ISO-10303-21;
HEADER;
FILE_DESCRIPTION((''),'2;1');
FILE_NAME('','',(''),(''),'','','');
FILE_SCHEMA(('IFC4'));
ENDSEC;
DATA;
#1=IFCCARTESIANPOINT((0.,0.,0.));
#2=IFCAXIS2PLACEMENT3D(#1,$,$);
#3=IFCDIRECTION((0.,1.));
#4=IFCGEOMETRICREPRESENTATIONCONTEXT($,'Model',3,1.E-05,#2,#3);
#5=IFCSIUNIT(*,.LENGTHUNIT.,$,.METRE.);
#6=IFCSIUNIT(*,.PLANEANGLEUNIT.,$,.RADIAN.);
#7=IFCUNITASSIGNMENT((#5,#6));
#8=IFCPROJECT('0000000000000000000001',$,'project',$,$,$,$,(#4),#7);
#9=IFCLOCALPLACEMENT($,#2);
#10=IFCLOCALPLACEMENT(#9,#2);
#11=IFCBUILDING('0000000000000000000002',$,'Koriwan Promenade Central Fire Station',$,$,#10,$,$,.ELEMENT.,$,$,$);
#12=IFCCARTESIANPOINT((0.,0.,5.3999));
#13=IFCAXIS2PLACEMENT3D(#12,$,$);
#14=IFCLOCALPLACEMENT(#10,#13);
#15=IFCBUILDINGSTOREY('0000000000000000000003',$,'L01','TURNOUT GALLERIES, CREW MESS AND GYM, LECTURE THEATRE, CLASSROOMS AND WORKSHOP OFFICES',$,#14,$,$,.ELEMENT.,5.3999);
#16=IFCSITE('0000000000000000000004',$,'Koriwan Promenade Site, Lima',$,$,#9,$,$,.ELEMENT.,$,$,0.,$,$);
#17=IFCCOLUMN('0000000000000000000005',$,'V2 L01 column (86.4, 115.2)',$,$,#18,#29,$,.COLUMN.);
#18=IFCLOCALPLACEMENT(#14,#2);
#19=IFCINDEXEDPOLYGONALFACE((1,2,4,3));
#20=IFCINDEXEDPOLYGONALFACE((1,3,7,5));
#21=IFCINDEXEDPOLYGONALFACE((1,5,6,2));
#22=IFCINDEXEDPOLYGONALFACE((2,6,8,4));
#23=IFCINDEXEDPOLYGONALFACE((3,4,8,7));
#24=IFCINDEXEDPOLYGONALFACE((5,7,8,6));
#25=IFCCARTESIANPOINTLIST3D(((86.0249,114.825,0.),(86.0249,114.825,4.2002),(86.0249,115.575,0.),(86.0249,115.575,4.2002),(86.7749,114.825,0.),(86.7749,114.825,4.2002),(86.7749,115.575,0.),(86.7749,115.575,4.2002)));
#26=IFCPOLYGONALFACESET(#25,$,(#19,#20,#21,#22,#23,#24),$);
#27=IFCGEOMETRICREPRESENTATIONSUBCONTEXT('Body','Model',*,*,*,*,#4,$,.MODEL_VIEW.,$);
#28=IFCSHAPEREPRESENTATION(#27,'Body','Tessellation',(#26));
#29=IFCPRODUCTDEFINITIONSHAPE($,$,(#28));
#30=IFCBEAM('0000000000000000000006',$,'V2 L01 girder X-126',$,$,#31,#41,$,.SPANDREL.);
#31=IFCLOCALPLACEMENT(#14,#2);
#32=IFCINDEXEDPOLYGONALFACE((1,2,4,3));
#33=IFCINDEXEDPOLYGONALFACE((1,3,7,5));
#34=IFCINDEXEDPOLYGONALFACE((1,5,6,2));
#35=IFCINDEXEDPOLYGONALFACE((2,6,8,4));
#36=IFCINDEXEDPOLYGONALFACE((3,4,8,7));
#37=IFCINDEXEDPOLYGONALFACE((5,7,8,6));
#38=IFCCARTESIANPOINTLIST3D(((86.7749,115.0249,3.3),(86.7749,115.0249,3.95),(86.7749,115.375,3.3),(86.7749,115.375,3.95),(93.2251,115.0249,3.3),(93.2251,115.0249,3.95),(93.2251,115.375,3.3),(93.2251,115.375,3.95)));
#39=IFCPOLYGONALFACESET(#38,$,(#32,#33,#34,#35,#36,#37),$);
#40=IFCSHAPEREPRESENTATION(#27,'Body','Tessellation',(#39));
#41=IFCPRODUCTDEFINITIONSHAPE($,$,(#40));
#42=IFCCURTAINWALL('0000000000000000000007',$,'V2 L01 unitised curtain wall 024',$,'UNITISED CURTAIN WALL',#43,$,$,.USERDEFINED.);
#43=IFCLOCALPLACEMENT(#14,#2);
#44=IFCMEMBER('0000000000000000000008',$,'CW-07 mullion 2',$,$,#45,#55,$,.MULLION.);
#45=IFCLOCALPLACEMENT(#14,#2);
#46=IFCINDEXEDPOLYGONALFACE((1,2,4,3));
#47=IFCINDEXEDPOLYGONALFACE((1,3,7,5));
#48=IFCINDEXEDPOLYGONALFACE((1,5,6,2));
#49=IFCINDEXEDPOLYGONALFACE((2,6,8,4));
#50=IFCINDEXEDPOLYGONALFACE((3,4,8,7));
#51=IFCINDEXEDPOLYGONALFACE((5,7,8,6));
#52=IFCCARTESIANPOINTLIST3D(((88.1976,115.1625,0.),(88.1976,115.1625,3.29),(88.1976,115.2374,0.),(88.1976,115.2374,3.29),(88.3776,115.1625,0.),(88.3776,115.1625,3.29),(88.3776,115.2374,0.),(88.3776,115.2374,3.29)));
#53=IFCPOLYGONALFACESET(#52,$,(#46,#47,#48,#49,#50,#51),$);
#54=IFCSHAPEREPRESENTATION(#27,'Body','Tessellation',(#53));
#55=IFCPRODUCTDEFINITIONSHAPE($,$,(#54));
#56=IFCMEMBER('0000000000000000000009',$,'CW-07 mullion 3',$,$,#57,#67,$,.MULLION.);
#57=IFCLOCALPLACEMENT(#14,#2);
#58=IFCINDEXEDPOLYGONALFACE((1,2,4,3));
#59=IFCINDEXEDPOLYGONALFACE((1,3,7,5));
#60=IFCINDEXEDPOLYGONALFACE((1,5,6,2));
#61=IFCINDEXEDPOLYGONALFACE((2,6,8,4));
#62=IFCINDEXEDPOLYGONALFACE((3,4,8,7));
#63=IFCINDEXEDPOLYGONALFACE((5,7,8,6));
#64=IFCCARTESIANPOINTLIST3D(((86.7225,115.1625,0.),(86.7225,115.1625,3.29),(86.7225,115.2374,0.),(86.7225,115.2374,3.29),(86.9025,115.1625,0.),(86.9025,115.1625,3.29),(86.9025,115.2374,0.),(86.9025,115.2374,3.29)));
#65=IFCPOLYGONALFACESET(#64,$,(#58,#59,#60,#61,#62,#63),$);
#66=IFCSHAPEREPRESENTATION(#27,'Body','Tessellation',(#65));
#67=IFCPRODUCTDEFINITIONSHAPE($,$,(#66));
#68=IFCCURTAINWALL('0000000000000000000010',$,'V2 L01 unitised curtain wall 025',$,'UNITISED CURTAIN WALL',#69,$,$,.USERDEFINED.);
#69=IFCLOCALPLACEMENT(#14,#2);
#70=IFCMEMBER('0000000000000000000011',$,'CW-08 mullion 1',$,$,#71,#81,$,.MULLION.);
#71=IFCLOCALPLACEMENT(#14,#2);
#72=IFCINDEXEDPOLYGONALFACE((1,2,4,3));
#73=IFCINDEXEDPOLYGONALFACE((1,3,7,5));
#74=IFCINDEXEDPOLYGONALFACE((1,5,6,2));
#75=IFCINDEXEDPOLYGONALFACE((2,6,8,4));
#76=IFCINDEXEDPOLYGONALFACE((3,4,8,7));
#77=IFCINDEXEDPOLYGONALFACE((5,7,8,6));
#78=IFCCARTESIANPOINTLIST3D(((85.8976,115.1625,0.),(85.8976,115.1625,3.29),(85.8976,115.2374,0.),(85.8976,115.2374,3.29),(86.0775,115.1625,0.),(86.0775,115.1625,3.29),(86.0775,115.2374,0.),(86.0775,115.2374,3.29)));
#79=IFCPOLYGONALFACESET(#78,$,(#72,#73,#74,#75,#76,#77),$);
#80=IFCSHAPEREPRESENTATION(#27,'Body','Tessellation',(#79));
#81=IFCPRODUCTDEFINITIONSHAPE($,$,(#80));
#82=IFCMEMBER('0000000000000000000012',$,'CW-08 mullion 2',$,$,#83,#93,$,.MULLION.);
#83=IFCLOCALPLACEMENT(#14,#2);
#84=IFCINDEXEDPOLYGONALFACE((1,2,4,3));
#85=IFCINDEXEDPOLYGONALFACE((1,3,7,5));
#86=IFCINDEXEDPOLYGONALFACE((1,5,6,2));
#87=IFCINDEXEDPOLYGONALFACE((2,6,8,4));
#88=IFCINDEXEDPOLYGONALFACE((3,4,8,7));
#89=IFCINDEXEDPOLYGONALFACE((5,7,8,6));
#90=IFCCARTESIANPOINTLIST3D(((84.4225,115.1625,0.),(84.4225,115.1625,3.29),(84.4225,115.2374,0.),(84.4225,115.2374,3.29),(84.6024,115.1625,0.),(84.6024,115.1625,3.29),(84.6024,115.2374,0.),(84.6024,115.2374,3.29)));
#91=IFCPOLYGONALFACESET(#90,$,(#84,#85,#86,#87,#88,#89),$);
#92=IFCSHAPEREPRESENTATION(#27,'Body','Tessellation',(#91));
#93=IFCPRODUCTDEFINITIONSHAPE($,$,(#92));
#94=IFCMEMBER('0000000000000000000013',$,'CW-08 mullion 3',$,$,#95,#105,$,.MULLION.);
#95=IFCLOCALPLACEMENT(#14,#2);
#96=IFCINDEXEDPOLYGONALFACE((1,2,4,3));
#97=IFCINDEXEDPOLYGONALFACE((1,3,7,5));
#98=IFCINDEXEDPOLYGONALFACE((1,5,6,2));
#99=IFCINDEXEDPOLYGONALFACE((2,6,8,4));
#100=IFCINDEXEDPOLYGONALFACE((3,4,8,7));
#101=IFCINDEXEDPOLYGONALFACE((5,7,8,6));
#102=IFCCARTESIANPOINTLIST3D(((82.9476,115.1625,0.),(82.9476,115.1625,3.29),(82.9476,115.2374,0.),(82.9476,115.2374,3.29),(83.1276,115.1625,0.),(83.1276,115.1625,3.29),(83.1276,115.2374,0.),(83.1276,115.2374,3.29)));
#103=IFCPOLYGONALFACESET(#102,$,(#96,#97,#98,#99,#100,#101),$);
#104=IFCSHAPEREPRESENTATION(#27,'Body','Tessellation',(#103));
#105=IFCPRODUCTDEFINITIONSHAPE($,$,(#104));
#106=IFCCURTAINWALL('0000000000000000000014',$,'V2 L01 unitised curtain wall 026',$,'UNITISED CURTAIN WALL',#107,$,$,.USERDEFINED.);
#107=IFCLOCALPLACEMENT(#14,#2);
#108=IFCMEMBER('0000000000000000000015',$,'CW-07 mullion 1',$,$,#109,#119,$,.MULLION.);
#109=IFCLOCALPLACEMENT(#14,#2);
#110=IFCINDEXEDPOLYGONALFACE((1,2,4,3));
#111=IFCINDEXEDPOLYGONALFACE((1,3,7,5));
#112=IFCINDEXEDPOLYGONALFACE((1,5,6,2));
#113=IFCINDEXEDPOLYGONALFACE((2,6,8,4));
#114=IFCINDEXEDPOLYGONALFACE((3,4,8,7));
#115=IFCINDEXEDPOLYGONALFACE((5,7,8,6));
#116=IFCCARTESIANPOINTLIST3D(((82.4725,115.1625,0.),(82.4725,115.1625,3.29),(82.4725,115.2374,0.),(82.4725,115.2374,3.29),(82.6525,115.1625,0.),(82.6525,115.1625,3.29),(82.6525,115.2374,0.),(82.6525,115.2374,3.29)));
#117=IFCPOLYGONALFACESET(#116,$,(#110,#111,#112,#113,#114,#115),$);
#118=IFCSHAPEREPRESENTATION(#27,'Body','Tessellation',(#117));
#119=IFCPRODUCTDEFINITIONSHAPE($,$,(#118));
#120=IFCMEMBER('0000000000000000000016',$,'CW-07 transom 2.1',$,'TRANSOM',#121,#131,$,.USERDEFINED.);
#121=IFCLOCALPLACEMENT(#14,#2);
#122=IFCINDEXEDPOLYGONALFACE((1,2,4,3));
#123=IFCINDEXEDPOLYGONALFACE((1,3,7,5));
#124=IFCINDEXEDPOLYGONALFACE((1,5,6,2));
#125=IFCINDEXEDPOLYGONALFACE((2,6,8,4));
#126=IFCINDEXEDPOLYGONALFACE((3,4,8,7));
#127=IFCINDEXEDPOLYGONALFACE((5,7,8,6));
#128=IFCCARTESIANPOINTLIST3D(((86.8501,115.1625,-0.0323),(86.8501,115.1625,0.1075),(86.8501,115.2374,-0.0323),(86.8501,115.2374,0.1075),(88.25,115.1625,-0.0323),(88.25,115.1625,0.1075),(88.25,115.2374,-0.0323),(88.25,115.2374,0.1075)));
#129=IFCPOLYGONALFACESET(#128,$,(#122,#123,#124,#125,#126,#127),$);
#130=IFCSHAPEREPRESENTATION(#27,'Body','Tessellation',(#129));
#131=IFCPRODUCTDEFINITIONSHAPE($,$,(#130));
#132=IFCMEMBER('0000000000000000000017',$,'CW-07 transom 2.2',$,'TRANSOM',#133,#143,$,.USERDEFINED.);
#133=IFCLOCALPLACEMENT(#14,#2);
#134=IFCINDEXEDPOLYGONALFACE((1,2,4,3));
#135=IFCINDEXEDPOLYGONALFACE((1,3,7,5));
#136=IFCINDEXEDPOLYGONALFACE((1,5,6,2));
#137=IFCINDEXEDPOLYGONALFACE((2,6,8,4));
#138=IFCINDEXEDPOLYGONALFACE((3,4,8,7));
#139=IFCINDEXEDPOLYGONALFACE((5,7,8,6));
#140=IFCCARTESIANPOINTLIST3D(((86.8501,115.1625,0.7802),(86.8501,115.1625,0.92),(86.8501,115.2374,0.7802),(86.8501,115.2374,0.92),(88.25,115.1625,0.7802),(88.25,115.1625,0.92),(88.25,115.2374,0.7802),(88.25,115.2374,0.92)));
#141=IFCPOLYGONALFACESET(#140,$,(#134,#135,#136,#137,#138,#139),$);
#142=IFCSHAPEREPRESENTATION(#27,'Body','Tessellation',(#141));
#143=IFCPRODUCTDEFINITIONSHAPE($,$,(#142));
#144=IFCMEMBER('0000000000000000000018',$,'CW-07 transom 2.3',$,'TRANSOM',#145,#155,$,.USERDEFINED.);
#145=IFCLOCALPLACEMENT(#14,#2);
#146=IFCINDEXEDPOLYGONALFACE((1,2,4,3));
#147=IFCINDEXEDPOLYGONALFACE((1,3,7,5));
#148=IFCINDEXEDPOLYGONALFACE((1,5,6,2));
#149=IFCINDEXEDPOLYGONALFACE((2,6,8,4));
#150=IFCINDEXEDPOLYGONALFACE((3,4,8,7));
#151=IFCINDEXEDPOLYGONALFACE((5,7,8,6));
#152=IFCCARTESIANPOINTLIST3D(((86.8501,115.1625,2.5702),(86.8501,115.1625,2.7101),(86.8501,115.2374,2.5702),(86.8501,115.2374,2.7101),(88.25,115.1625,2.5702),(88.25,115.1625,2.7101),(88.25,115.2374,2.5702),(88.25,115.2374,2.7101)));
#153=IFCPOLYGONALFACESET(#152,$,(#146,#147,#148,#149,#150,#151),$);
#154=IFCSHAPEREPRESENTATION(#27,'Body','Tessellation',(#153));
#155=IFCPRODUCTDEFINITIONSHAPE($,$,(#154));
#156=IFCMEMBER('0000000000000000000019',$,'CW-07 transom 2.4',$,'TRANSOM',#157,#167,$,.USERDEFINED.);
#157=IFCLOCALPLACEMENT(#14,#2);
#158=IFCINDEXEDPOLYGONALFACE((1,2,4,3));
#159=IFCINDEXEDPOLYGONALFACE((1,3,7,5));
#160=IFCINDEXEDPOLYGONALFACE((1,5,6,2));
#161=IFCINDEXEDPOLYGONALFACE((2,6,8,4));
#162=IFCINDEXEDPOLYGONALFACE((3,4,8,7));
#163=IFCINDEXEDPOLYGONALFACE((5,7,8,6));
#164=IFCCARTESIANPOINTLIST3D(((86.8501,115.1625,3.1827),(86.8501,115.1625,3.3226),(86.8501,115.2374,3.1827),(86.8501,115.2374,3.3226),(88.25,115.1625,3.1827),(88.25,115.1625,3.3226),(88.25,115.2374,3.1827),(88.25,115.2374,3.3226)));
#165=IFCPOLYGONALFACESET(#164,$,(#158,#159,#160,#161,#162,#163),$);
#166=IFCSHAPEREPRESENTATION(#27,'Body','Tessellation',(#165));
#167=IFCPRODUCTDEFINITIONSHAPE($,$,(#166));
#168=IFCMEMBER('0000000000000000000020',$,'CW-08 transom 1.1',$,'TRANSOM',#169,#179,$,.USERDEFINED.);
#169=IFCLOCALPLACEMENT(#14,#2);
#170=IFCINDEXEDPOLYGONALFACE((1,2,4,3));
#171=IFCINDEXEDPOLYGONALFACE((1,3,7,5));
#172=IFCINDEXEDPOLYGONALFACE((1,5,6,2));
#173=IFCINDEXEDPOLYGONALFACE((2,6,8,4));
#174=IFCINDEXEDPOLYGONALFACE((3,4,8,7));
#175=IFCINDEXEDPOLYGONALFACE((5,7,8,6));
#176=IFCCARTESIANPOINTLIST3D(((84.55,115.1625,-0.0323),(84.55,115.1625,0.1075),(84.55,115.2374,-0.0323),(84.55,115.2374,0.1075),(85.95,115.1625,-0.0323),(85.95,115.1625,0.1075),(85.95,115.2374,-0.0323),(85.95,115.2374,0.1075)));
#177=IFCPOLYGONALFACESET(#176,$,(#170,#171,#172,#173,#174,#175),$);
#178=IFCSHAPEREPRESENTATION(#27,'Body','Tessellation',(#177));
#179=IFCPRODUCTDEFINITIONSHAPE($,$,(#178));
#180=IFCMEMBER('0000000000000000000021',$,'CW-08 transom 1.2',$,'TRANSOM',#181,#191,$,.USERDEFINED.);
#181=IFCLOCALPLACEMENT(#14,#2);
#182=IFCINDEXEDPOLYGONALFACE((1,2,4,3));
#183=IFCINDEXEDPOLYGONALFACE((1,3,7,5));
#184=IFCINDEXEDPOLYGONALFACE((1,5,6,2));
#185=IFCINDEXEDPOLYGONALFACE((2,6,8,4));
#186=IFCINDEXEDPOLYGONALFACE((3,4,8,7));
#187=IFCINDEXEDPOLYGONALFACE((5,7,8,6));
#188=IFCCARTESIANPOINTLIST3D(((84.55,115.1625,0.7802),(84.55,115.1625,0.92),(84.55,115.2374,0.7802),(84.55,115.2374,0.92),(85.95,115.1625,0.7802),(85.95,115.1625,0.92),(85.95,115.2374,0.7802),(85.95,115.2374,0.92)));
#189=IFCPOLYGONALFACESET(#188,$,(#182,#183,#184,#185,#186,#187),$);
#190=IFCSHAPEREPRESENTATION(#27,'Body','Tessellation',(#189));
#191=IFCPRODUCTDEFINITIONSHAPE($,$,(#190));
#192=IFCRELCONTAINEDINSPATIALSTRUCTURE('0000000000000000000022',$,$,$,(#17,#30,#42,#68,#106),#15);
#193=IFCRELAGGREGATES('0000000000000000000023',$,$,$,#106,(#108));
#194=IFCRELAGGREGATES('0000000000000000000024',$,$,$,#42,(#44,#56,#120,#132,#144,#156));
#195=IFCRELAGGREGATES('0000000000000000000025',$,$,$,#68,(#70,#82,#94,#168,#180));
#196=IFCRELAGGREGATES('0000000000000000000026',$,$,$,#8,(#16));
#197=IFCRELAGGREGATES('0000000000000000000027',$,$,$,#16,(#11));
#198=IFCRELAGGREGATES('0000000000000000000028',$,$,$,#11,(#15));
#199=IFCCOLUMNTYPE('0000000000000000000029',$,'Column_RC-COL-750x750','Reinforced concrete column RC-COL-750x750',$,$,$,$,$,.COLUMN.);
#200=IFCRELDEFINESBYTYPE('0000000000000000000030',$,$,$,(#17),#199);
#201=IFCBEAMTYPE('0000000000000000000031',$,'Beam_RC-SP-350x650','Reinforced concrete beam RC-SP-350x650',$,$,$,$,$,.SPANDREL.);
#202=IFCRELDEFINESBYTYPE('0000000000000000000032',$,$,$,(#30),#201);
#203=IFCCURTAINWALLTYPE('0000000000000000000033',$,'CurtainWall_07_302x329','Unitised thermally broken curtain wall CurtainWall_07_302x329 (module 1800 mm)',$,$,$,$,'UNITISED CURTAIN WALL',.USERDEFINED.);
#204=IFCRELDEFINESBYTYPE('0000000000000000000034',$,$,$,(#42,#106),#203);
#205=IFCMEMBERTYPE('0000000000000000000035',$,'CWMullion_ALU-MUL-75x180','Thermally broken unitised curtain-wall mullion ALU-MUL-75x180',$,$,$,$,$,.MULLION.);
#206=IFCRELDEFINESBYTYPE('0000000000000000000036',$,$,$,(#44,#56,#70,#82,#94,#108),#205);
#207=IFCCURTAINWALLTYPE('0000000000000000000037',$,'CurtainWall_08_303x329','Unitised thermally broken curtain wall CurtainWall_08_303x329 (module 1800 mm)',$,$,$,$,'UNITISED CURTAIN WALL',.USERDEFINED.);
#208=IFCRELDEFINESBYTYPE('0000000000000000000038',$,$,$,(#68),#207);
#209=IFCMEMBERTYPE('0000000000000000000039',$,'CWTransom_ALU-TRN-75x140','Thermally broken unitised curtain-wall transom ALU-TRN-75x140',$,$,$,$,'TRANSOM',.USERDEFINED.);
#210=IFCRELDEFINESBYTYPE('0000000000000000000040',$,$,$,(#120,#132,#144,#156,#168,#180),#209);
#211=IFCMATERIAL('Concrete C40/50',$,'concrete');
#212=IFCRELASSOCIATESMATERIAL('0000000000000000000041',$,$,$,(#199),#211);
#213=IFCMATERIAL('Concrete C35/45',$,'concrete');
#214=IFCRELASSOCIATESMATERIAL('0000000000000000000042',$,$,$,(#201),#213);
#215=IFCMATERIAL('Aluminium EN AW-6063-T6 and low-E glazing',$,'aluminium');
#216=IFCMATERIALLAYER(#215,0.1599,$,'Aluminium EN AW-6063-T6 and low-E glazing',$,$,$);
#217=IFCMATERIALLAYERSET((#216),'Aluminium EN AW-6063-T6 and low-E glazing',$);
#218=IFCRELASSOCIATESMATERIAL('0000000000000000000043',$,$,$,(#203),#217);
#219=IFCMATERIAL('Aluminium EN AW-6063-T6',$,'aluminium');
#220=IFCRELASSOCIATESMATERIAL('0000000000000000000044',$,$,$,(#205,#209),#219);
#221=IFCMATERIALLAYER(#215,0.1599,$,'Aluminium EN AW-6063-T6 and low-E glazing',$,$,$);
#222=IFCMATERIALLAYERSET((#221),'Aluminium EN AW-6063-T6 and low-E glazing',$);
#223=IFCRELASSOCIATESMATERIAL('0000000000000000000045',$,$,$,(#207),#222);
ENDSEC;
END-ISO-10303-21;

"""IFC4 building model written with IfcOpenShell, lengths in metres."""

from ifc_helpers import new_model, si_unit, direction, frame, origin, origin_2d, place, context, subcontext, project, spatial, rectangle, extrude, material, layer, layer_set, material_profile, profile_set, type_object, element, aggregate, save


model = new_model("IFC4")

# Units and contexts
model_context = context("Model", 3, precision=1e-05, world=origin(), true_north=direction((0.0, 1.0)))
body_context = subcontext(model_context, "Body", "Model", "MODEL_VIEW")
ifc_project = project(units=[si_unit("LENGTHUNIT", "METRE"), si_unit("PLANEANGLEUNIT", "RADIAN")], contexts=[model_context])

# Site, building, storey
site_placement = place(None, origin())
site = spatial("IfcSite", under=ifc_project, at=site_placement, Name="Koriwan Promenade Site, Lima", CompositionType="ELEMENT", RefElevation=0.0)
building_placement = place(site_placement, origin())
building = spatial("IfcBuilding", under=site, at=building_placement, Name="Koriwan Promenade Central Fire Station", CompositionType="ELEMENT")
storey_placement = place(building_placement, frame((0.0, 0.0, 5.3999)))
storey = spatial("IfcBuildingStorey", under=building, at=storey_placement, Name="L01", Description="TURNOUT GALLERIES, CREW MESS AND GYM, LECTURE THEATRE, CLASSROOMS AND WORKSHOP OFFICES", CompositionType="ELEMENT", Elevation=5.3999)

# Column
ifc_material_1 = material(Name="Concrete C40/50", Category="concrete")
ifc_material_profile_1 = material_profile(ifc_material_1, rectangle(XDim=0.75, YDim=0.75, at=origin_2d()), Name="RC-COL-750x750")
ifc_profile_set_1 = profile_set([ifc_material_profile_1], Name="Concrete C40/50")
column_type = type_object("IfcColumnType", Name="Column_RC-COL-750x750", Description="Reinforced concrete column RC-COL-750x750", PredefinedType="COLUMN", material=ifc_profile_set_1)
column_placement = place(storey_placement, frame((86.3999, 115.2, 0.0), z_axis=(0.0, 0.0, 1.0), x_axis=(1.0, 0.0, 0.0)))
element("IfcColumn", 1, at=column_placement, inside=storey, type_object=column_type, Name="V2 L01 column (86.4, 115.2)", PredefinedType="COLUMN", context=body_context, shape_type="SweptSolid", body=[
    extrude(rectangle(XDim=0.75, YDim=0.75, at=origin_2d()), origin(), (0.0, 0.0, 1.0), 4.2002),
])

# Beam
ifc_material_2 = material(Name="Concrete C35/45", Category="concrete")
ifc_material_profile_2 = material_profile(ifc_material_2, rectangle(XDim=0.3501, YDim=0.6499, at=origin_2d()), Name="RC-SP-350x650")
ifc_profile_set_2 = profile_set([ifc_material_profile_2], Name="Concrete C35/45")
beam_type = type_object("IfcBeamType", Name="Beam_RC-SP-350x650", Description="Reinforced concrete beam RC-SP-350x650", PredefinedType="SPANDREL", material=ifc_profile_set_2)
beam_placement = place(storey_placement, frame((86.7749, 115.2, 3.625), z_axis=(1.0, 0.0, 0.0), x_axis=(0.0, 1.0, 0.0)))
element("IfcBeam", 2, at=beam_placement, inside=storey, type_object=beam_type, Name="V2 L01 girder X-126", PredefinedType="SPANDREL", context=body_context, shape_type="SweptSolid", body=[
    extrude(rectangle(XDim=0.3501, YDim=0.6499, at=origin_2d()), origin(), (0.0, 0.0, 1.0), 6.4502),
])

# Curtain walls, members
ifc_material_3 = material(Name="Aluminium EN AW-6063-T6 and low-E glazing", Category="aluminium")
ifc_layer_1 = layer(ifc_material_3, 0.1599, Name="Aluminium EN AW-6063-T6 and low-E glazing")
ifc_layer_set_1 = layer_set([ifc_layer_1], Name="Aluminium EN AW-6063-T6 and low-E glazing")
curtain_wall_type_1 = type_object("IfcCurtainWallType", Name="CurtainWall_07_302x329", Description="Unitised thermally broken curtain wall CurtainWall_07_302x329 (module 1800 mm)", ElementType="UNITISED CURTAIN WALL", PredefinedType="USERDEFINED", material=ifc_layer_set_1)
curtain_wall_1_placement = place(storey_placement, origin())
curtain_wall_1 = element("IfcCurtainWall", 3, at=curtain_wall_1_placement, inside=storey, type_object=curtain_wall_type_1, Name="V2 L01 unitised curtain wall 024", ObjectType="UNITISED CURTAIN WALL", PredefinedType="USERDEFINED")
ifc_material_4 = material(Name="Aluminium EN AW-6063-T6", Category="aluminium")
ifc_material_profile_3 = material_profile(ifc_material_4, rectangle(XDim=0.075, YDim=0.1799, at=origin_2d()), Name="ALU-MUL-75x180")
ifc_profile_set_3 = profile_set([ifc_material_profile_3], Name="Aluminium EN AW-6063-T6")
member_type_1 = type_object("IfcMemberType", Name="CWMullion_ALU-MUL-75x180", Description="Thermally broken unitised curtain-wall mullion ALU-MUL-75x180", PredefinedType="MULLION", material=ifc_profile_set_3)
member_1_placement = place(storey_placement, frame((88.2876, 115.2, 0.0), z_axis=(0.0, 0.0, 1.0), x_axis=(0.0, -1.0, 0.0)))
member_1 = element("IfcMember", 4, at=member_1_placement, type_object=member_type_1, Name="CW-07 mullion 2", PredefinedType="MULLION", context=body_context, shape_type="SweptSolid", body=[
    extrude(rectangle(XDim=0.075, YDim=0.1799, at=origin_2d()), origin(), (0.0, 0.0, 1.0), 3.29),
])
member_2_placement = place(storey_placement, frame((86.8125, 115.2, 0.0), z_axis=(0.0, 0.0, 1.0), x_axis=(0.0, -1.0, 0.0)))
member_2 = element("IfcMember", 5, at=member_2_placement, type_object=member_type_1, Name="CW-07 mullion 3", PredefinedType="MULLION", context=body_context, shape_type="SweptSolid", body=[
    extrude(rectangle(XDim=0.075, YDim=0.1799, at=origin_2d()), origin(), (0.0, 0.0, 1.0), 3.29),
])
ifc_layer_2 = layer(ifc_material_3, 0.1599, Name="Aluminium EN AW-6063-T6 and low-E glazing")
ifc_layer_set_2 = layer_set([ifc_layer_2], Name="Aluminium EN AW-6063-T6 and low-E glazing")
curtain_wall_type_2 = type_object("IfcCurtainWallType", Name="CurtainWall_08_303x329", Description="Unitised thermally broken curtain wall CurtainWall_08_303x329 (module 1800 mm)", ElementType="UNITISED CURTAIN WALL", PredefinedType="USERDEFINED", material=ifc_layer_set_2)
curtain_wall_2_placement = place(storey_placement, origin())
curtain_wall_2 = element("IfcCurtainWall", 6, at=curtain_wall_2_placement, inside=storey, type_object=curtain_wall_type_2, Name="V2 L01 unitised curtain wall 025", ObjectType="UNITISED CURTAIN WALL", PredefinedType="USERDEFINED")
member_3_placement = place(storey_placement, frame((85.9875, 115.2, 0.0), z_axis=(0.0, 0.0, 1.0), x_axis=(0.0, -1.0, 0.0)))
member_3 = element("IfcMember", 7, at=member_3_placement, type_object=member_type_1, Name="CW-08 mullion 1", PredefinedType="MULLION", context=body_context, shape_type="SweptSolid", body=[
    extrude(rectangle(XDim=0.075, YDim=0.1799, at=origin_2d()), origin(), (0.0, 0.0, 1.0), 3.29),
])
member_4_placement = place(storey_placement, frame((84.5125, 115.2, 0.0), z_axis=(0.0, 0.0, 1.0), x_axis=(0.0, -1.0, 0.0)))
member_4 = element("IfcMember", 8, at=member_4_placement, type_object=member_type_1, Name="CW-08 mullion 2", PredefinedType="MULLION", context=body_context, shape_type="SweptSolid", body=[
    extrude(rectangle(XDim=0.075, YDim=0.1799, at=origin_2d()), origin(), (0.0, 0.0, 1.0), 3.29),
])
member_5_placement = place(storey_placement, frame((83.0376, 115.2, 0.0), z_axis=(0.0, 0.0, 1.0), x_axis=(0.0, -1.0, 0.0)))
member_5 = element("IfcMember", 9, at=member_5_placement, type_object=member_type_1, Name="CW-08 mullion 3", PredefinedType="MULLION", context=body_context, shape_type="SweptSolid", body=[
    extrude(rectangle(XDim=0.075, YDim=0.1799, at=origin_2d()), origin(), (0.0, 0.0, 1.0), 3.29),
])

# Curtain wall, member
curtain_wall_3_placement = place(storey_placement, origin())
curtain_wall_3 = element("IfcCurtainWall", 10, at=curtain_wall_3_placement, inside=storey, type_object=curtain_wall_type_1, Name="V2 L01 unitised curtain wall 026", ObjectType="UNITISED CURTAIN WALL", PredefinedType="USERDEFINED")
member_6_placement = place(storey_placement, frame((82.5625, 115.2, 0.0), z_axis=(0.0, 0.0, 1.0), x_axis=(0.0, -1.0, 0.0)))
member_6 = element("IfcMember", 11, at=member_6_placement, type_object=member_type_1, Name="CW-07 mullion 1", PredefinedType="MULLION", context=body_context, shape_type="SweptSolid", body=[
    extrude(rectangle(XDim=0.075, YDim=0.1799, at=origin_2d()), origin(), (0.0, 0.0, 1.0), 3.29),
])

# Members
ifc_material_profile_4 = material_profile(ifc_material_4, rectangle(XDim=0.075, YDim=0.1399, at=origin_2d()), Name="ALU-TRN-75x140")
ifc_profile_set_4 = profile_set([ifc_material_profile_4], Name="Aluminium EN AW-6063-T6")
member_type_2 = type_object("IfcMemberType", Name="CWTransom_ALU-TRN-75x140", Description="Thermally broken unitised curtain-wall transom ALU-TRN-75x140", ElementType="TRANSOM", PredefinedType="USERDEFINED", material=ifc_profile_set_4)
member_7_placement = place(storey_placement, frame((88.25, 115.2, 0.0376), z_axis=(-1.0, 0.0, 0.0), x_axis=(0.0, -1.0, 0.0)))
member_7 = element("IfcMember", 12, at=member_7_placement, type_object=member_type_2, Name="CW-07 transom 2.1", ObjectType="TRANSOM", PredefinedType="USERDEFINED", context=body_context, shape_type="SweptSolid", body=[
    extrude(rectangle(XDim=0.075, YDim=0.1399, at=origin_2d()), origin(), (0.0, 0.0, 1.0), 1.3999),
])
member_8_placement = place(storey_placement, frame((88.25, 115.2, 0.8501), z_axis=(-1.0, 0.0, 0.0), x_axis=(0.0, -1.0, 0.0)))
member_8 = element("IfcMember", 13, at=member_8_placement, type_object=member_type_2, Name="CW-07 transom 2.2", ObjectType="TRANSOM", PredefinedType="USERDEFINED", context=body_context, shape_type="SweptSolid", body=[
    extrude(rectangle(XDim=0.075, YDim=0.1399, at=origin_2d()), origin(), (0.0, 0.0, 1.0), 1.3999),
])
member_9_placement = place(storey_placement, frame((88.25, 115.2, 2.6401), z_axis=(-1.0, 0.0, 0.0), x_axis=(0.0, -1.0, 0.0)))
member_9 = element("IfcMember", 14, at=member_9_placement, type_object=member_type_2, Name="CW-07 transom 2.3", ObjectType="TRANSOM", PredefinedType="USERDEFINED", context=body_context, shape_type="SweptSolid", body=[
    extrude(rectangle(XDim=0.075, YDim=0.1399, at=origin_2d()), origin(), (0.0, 0.0, 1.0), 1.3999),
])
member_10_placement = place(storey_placement, frame((88.25, 115.2, 3.2527), z_axis=(-1.0, 0.0, 0.0), x_axis=(0.0, -1.0, 0.0)))
member_10 = element("IfcMember", 15, at=member_10_placement, type_object=member_type_2, Name="CW-07 transom 2.4", ObjectType="TRANSOM", PredefinedType="USERDEFINED", context=body_context, shape_type="SweptSolid", body=[
    extrude(rectangle(XDim=0.075, YDim=0.1399, at=origin_2d()), origin(), (0.0, 0.0, 1.0), 1.3999),
])
member_11_placement = place(storey_placement, frame((85.95, 115.2, 0.0376), z_axis=(-1.0, 0.0, 0.0), x_axis=(0.0, -1.0, 0.0)))
member_11 = element("IfcMember", 16, at=member_11_placement, type_object=member_type_2, Name="CW-08 transom 1.1", ObjectType="TRANSOM", PredefinedType="USERDEFINED", context=body_context, shape_type="SweptSolid", body=[
    extrude(rectangle(XDim=0.075, YDim=0.1399, at=origin_2d()), origin(), (0.0, 0.0, 1.0), 1.3999),
])
member_12_placement = place(storey_placement, frame((85.95, 115.2, 0.8501), z_axis=(-1.0, 0.0, 0.0), x_axis=(0.0, -1.0, 0.0)))
member_12 = element("IfcMember", 17, at=member_12_placement, type_object=member_type_2, Name="CW-08 transom 1.2", ObjectType="TRANSOM", PredefinedType="USERDEFINED", context=body_context, shape_type="SweptSolid", body=[
    extrude(rectangle(XDim=0.075, YDim=0.1399, at=origin_2d()), origin(), (0.0, 0.0, 1.0), 1.3999),
])
aggregate(curtain_wall_3, [member_6])

aggregate(curtain_wall_1, [member_1, member_2, member_7, member_8, member_9, member_10])
aggregate(curtain_wall_2, [member_3, member_4, member_5, member_11, member_12])

save(model, "model.ifc")
